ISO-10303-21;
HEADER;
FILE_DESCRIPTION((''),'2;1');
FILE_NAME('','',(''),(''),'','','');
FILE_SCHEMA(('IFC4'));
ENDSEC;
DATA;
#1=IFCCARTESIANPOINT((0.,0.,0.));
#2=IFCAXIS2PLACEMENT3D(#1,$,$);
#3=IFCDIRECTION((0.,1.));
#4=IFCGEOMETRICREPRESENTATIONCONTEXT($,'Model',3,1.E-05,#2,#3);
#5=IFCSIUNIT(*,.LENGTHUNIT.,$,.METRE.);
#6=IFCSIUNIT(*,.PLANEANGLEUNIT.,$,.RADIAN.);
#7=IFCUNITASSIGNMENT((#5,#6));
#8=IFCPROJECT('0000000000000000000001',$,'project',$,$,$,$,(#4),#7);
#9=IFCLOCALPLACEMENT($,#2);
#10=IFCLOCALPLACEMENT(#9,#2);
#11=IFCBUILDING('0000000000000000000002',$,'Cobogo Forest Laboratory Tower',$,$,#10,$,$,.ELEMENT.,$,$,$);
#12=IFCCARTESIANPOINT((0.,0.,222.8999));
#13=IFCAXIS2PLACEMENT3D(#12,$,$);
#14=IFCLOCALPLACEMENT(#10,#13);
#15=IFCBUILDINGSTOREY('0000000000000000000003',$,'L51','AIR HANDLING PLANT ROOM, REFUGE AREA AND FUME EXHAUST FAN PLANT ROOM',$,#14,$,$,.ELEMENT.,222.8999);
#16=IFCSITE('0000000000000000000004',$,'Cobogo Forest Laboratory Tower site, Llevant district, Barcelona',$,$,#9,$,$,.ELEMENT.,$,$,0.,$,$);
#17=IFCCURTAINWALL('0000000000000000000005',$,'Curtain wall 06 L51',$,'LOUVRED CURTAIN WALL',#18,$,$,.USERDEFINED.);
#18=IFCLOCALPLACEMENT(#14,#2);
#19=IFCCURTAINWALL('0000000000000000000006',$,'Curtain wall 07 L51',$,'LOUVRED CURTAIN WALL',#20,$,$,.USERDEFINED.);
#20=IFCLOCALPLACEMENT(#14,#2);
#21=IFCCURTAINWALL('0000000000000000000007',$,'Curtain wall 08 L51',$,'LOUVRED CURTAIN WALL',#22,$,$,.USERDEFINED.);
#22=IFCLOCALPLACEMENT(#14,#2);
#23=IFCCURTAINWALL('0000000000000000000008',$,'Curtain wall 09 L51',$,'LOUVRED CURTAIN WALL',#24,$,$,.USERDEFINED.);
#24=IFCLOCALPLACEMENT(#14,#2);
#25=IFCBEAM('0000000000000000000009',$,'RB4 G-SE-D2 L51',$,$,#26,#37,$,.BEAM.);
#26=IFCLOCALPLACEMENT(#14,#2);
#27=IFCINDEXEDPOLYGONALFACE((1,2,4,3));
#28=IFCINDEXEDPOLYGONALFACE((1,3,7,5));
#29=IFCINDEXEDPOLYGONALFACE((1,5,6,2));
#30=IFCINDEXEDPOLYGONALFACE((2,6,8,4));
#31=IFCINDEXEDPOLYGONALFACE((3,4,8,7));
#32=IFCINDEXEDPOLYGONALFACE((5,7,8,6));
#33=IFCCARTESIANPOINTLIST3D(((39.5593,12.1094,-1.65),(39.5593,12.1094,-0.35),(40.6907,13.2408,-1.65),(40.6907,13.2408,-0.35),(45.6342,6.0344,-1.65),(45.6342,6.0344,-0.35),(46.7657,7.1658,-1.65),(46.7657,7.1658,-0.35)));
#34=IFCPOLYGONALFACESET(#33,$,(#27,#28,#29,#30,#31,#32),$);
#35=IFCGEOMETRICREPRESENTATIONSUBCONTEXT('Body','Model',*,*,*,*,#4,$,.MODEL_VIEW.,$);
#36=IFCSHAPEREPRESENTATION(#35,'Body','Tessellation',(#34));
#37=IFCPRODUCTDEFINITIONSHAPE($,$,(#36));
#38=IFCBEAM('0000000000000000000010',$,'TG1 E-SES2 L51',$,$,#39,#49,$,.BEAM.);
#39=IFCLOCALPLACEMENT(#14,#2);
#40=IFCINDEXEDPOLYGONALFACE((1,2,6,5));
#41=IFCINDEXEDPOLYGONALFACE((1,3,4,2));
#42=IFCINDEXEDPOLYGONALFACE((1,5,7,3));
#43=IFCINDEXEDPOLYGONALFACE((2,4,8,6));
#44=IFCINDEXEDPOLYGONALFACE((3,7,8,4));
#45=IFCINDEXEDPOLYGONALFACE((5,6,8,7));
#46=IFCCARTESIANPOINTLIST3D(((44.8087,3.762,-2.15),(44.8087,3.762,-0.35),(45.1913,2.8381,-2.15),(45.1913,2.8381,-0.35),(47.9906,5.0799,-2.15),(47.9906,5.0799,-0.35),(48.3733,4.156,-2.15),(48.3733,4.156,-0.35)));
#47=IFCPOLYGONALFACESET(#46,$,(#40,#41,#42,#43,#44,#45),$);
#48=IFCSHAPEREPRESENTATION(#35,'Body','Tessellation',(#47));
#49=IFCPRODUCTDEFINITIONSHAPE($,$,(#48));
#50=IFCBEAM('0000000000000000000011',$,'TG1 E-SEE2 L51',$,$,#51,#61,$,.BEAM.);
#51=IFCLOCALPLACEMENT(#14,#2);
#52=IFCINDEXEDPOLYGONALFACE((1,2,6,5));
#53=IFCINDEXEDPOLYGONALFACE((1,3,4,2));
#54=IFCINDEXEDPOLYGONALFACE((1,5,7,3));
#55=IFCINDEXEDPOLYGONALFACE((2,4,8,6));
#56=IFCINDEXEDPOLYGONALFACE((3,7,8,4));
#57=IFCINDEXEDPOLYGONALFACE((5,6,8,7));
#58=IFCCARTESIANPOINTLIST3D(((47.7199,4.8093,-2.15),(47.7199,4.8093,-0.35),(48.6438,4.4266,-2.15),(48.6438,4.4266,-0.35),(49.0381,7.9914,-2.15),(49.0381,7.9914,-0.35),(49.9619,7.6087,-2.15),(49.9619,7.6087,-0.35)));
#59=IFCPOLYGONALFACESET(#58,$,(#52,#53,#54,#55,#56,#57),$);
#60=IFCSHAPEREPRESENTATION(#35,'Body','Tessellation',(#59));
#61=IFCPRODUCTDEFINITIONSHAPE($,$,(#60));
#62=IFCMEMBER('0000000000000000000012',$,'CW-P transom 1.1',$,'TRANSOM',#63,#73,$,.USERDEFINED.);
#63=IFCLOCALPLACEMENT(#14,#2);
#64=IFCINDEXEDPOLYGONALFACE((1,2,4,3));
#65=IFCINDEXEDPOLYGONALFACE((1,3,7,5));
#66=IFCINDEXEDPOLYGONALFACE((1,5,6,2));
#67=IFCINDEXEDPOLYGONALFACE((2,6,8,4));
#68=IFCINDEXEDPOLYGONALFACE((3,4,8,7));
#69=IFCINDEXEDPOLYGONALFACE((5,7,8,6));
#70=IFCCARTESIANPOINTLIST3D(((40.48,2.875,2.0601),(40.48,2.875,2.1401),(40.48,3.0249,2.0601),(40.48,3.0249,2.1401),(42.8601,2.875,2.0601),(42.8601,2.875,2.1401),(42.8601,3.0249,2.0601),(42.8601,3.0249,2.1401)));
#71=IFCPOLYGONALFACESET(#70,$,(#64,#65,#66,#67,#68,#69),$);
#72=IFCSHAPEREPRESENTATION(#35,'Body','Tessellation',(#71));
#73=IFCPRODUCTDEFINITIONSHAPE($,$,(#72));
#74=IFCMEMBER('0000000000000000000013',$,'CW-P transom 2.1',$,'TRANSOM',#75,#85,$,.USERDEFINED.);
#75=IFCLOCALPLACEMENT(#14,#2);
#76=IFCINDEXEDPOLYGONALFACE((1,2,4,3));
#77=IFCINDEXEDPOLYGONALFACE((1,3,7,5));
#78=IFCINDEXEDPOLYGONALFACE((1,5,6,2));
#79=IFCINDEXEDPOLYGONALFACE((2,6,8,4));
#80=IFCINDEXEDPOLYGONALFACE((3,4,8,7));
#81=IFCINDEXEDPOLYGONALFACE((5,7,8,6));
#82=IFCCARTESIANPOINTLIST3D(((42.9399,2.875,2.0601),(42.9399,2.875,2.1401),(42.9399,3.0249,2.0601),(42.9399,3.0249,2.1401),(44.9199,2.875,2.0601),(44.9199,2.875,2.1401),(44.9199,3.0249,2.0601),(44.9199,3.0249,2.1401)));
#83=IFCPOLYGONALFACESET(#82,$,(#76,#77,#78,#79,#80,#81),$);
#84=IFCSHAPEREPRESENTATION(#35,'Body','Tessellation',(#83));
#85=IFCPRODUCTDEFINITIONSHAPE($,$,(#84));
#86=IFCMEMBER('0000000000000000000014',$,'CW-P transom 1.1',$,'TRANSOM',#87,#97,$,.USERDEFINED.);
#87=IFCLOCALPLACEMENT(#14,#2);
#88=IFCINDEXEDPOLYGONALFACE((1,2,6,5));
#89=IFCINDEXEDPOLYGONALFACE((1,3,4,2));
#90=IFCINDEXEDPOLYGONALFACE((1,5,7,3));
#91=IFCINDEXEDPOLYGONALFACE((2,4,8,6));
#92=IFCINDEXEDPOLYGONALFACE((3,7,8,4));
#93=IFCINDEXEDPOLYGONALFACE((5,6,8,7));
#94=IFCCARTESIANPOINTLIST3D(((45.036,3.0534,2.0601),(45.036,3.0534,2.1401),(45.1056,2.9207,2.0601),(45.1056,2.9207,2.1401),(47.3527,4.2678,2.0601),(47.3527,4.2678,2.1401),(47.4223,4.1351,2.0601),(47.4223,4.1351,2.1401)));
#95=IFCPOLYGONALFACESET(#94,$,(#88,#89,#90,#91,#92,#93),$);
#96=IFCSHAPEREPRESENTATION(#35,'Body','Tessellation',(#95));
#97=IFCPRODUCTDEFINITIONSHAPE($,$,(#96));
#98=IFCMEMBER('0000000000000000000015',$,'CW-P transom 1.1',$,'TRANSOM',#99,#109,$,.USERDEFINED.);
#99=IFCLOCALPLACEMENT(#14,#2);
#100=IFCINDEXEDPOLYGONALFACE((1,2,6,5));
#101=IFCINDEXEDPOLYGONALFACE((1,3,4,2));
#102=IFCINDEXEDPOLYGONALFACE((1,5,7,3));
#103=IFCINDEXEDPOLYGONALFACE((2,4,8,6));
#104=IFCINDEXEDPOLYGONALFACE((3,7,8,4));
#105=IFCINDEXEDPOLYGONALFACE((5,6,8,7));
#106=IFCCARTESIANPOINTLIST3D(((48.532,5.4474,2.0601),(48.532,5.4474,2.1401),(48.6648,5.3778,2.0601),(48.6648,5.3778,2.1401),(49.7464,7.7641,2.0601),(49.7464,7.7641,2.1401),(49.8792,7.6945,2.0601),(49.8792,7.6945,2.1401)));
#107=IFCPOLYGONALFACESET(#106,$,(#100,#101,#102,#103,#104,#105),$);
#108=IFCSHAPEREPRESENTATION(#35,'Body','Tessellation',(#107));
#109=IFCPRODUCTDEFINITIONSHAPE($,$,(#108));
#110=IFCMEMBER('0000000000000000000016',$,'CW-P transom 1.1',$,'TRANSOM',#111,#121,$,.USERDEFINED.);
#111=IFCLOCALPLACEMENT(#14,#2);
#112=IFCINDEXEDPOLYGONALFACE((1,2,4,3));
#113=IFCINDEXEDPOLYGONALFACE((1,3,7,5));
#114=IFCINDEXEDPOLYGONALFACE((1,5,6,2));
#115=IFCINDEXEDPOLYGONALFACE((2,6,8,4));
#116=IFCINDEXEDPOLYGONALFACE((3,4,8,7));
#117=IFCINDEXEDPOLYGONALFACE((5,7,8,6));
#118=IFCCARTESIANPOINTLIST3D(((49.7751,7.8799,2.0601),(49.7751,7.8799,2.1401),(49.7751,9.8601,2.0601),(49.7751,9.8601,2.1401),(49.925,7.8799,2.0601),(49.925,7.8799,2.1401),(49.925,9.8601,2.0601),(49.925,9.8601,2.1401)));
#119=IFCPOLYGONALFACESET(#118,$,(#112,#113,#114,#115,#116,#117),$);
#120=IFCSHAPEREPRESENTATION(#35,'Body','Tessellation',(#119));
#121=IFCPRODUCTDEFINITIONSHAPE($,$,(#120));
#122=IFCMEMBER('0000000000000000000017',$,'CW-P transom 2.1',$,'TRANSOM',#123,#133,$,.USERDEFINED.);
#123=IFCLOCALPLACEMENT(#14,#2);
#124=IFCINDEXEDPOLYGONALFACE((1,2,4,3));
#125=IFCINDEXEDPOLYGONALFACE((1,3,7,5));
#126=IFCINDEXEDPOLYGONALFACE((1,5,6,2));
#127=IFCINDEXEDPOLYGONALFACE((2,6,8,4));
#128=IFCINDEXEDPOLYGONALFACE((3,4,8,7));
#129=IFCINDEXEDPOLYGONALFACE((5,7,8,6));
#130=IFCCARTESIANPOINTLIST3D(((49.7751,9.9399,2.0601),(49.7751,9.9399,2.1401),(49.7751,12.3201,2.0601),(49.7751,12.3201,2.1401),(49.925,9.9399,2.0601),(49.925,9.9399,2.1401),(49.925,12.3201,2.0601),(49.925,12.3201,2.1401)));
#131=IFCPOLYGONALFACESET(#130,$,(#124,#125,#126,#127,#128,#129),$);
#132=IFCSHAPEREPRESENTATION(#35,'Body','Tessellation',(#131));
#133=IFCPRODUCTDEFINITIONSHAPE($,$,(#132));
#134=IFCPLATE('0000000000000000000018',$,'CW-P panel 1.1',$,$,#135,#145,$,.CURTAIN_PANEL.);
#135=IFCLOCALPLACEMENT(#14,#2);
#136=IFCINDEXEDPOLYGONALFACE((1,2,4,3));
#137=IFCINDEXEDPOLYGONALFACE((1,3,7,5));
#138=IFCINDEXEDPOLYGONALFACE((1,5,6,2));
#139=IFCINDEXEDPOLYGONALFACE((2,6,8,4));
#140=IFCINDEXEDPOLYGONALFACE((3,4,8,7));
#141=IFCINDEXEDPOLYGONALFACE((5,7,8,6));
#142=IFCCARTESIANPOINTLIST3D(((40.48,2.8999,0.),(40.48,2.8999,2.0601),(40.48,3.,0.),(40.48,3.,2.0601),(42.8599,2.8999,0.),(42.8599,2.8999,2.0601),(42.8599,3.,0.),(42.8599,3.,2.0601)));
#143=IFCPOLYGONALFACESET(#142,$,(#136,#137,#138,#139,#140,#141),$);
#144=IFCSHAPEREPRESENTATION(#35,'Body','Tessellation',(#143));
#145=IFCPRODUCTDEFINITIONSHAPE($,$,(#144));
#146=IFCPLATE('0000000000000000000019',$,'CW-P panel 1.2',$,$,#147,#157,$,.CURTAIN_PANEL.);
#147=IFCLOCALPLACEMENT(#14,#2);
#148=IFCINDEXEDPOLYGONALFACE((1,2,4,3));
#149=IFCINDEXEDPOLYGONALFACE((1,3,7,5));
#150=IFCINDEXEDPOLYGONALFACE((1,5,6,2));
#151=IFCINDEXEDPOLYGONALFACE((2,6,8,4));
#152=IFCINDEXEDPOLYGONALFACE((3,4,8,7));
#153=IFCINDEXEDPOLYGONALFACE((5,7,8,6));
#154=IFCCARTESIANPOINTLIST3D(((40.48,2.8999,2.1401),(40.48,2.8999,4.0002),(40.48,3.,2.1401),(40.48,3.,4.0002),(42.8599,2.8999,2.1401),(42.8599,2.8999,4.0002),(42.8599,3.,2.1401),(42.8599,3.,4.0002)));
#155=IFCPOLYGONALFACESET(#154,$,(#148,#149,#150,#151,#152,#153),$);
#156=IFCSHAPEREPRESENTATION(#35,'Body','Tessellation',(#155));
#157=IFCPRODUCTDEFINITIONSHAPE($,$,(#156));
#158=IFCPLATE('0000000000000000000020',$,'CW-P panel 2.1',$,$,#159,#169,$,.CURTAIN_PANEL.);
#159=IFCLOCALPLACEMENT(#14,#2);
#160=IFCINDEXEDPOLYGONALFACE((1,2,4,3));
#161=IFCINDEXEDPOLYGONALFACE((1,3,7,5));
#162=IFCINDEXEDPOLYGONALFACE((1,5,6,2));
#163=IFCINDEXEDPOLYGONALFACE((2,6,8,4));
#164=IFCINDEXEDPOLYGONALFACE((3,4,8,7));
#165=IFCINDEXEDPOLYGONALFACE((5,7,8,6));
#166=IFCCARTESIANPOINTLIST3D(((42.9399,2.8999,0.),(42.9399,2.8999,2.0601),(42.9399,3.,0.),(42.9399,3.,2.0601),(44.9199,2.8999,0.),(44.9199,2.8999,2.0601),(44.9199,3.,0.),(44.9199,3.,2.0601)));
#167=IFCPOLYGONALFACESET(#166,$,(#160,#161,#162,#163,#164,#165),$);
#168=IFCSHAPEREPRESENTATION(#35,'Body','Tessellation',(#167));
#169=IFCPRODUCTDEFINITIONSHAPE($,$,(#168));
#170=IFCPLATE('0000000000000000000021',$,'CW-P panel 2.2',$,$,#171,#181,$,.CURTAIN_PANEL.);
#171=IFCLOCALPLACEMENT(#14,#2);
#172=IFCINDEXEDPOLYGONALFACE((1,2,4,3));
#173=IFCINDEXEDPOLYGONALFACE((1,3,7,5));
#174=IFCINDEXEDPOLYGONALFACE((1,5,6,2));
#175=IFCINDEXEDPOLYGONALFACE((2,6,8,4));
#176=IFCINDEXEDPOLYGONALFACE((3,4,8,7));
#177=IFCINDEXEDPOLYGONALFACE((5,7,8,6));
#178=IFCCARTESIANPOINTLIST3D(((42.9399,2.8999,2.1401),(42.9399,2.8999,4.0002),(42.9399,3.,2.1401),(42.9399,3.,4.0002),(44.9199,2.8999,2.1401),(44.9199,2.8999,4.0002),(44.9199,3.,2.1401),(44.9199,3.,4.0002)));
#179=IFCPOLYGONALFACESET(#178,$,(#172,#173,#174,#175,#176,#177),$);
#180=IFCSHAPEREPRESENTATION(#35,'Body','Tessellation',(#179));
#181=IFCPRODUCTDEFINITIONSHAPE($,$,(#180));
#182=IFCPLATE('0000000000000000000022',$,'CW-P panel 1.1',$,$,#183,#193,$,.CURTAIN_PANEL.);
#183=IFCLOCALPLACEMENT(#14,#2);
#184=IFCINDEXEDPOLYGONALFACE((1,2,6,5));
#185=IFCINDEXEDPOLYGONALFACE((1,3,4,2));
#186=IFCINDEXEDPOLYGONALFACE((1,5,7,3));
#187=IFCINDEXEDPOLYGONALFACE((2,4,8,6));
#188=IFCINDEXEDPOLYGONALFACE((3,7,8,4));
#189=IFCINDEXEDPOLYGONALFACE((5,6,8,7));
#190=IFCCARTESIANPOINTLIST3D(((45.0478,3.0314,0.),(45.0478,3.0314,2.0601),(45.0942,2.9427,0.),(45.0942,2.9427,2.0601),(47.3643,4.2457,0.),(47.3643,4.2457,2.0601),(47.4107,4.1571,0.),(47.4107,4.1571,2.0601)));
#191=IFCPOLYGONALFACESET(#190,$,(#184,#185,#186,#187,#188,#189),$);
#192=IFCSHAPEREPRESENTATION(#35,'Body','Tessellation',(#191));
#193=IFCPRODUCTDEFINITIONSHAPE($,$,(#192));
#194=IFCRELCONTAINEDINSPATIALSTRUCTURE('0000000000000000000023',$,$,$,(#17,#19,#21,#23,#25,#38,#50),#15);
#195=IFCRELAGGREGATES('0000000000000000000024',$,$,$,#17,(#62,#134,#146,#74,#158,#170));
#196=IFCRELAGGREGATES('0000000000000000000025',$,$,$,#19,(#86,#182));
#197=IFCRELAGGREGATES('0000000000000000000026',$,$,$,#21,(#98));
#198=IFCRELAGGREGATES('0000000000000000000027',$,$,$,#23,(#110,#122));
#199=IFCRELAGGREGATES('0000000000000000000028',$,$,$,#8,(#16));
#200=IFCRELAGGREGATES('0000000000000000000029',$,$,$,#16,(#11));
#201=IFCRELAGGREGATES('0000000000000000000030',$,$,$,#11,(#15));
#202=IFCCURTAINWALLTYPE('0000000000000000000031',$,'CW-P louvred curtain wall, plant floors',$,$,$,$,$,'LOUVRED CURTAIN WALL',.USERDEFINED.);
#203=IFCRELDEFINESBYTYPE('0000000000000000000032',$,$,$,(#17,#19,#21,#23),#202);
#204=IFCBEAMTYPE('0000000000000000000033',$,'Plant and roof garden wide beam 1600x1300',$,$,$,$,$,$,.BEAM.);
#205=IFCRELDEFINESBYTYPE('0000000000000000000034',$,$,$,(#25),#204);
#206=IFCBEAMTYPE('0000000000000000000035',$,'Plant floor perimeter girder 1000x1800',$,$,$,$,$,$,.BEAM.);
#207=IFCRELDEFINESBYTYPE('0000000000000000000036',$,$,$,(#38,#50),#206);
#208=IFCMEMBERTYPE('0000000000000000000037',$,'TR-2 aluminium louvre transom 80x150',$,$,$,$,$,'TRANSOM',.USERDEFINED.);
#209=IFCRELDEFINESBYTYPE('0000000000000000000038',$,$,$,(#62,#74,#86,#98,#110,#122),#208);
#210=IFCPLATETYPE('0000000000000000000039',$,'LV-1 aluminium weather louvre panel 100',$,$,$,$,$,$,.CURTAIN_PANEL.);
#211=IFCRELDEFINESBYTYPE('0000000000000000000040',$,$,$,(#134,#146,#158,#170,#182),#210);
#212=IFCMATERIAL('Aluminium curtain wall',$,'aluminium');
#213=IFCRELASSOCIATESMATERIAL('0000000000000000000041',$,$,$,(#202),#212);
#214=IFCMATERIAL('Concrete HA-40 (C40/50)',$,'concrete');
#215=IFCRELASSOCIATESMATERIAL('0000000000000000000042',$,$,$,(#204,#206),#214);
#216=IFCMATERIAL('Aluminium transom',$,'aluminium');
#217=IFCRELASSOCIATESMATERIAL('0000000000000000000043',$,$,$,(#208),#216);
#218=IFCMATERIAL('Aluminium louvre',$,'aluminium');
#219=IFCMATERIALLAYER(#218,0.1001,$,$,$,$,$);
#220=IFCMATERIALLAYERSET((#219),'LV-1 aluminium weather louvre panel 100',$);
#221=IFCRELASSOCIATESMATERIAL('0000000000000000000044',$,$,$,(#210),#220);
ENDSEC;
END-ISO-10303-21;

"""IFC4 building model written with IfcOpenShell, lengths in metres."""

from ifc_helpers import new_model, si_unit, direction, frame, origin, origin_2d, place, context, subcontext, project, spatial, rectangle, extrude, material, layer, layer_set, material_profile, profile_set, type_object, element, aggregate, save


model = new_model("IFC4")

# Units and contexts
model_context = context("Model", 3, precision=1e-05, world=origin(), true_north=direction((0.0, 1.0)))
body_context = subcontext(model_context, "Body", "Model", "MODEL_VIEW")
ifc_project = project(units=[si_unit("LENGTHUNIT", "METRE"), si_unit("PLANEANGLEUNIT", "RADIAN")], contexts=[model_context])

# Site, building, storey
site_placement = place(None, origin())
site = spatial("IfcSite", under=ifc_project, at=site_placement, Name="Cobogo Forest Laboratory Tower site, Llevant district, Barcelona", CompositionType="ELEMENT", RefElevation=0.0)
building_placement = place(site_placement, origin())
building = spatial("IfcBuilding", under=site, at=building_placement, Name="Cobogo Forest Laboratory Tower", CompositionType="ELEMENT")
storey_placement = place(building_placement, frame((0.0, 0.0, 222.8999)))
storey = spatial("IfcBuildingStorey", under=building, at=storey_placement, Name="L51", Description="AIR HANDLING PLANT ROOM, REFUGE AREA AND FUME EXHAUST FAN PLANT ROOM", CompositionType="ELEMENT", Elevation=222.8999)

# Curtain walls
ifc_material_1 = material(Name="Aluminium curtain wall", Category="aluminium")
curtain_wall_type = type_object("IfcCurtainWallType", Name="CW-P louvred curtain wall, plant floors", ElementType="LOUVRED CURTAIN WALL", PredefinedType="USERDEFINED", material=ifc_material_1)
curtain_wall_1_placement = place(storey_placement, origin())
curtain_wall_1 = element("IfcCurtainWall", 1, at=curtain_wall_1_placement, inside=storey, type_object=curtain_wall_type, Name="Curtain wall 06 L51", ObjectType="LOUVRED CURTAIN WALL", PredefinedType="USERDEFINED")
curtain_wall_2_placement = place(storey_placement, origin())
curtain_wall_2 = element("IfcCurtainWall", 2, at=curtain_wall_2_placement, inside=storey, type_object=curtain_wall_type, Name="Curtain wall 07 L51", ObjectType="LOUVRED CURTAIN WALL", PredefinedType="USERDEFINED")
curtain_wall_3_placement = place(storey_placement, origin())
curtain_wall_3 = element("IfcCurtainWall", 3, at=curtain_wall_3_placement, inside=storey, type_object=curtain_wall_type, Name="Curtain wall 08 L51", ObjectType="LOUVRED CURTAIN WALL", PredefinedType="USERDEFINED")
curtain_wall_4_placement = place(storey_placement, origin())
curtain_wall_4 = element("IfcCurtainWall", 4, at=curtain_wall_4_placement, inside=storey, type_object=curtain_wall_type, Name="Curtain wall 09 L51", ObjectType="LOUVRED CURTAIN WALL", PredefinedType="USERDEFINED")

# Beams
ifc_material_2 = material(Name="Concrete HA-40 (C40/50)", Category="concrete")
ifc_material_profile_1 = material_profile(ifc_material_2, rectangle(XDim=1.6001, YDim=1.3, at=origin_2d()), Name="RC 1600x1300")
ifc_profile_set_1 = profile_set([ifc_material_profile_1], Name="Concrete HA-40 (C40/50)")
beam_type_1 = type_object("IfcBeamType", Name="Plant and roof garden wide beam 1600x1300", PredefinedType="BEAM", material=ifc_profile_set_1)
beam_1_placement = place(storey_placement, frame((46.2, 6.6001, -1.0), z_axis=(-0.707107, 0.707107, 0.0), x_axis=(-0.707107, -0.707107, 0.0)))
element("IfcBeam", 5, at=beam_1_placement, inside=storey, type_object=beam_type_1, Name="RB4 G-SE-D2 L51", PredefinedType="BEAM", context=body_context, shape_type="SweptSolid", body=[
    extrude(rectangle(XDim=1.6001, YDim=1.3, at=origin_2d()), origin(), (0.0, 0.0, 1.0), 8.5913),
])
ifc_material_profile_2 = material_profile(ifc_material_2, rectangle(XDim=1.0, YDim=1.8, at=origin_2d()), Name="RC 1000x1800")
ifc_profile_set_2 = profile_set([ifc_material_profile_2], Name="Concrete HA-40 (C40/50)")
beam_type_2 = type_object("IfcBeamType", Name="Plant floor perimeter girder 1000x1800", PredefinedType="BEAM", material=ifc_profile_set_2)
beam_2_placement = place(storey_placement, frame((45.0, 3.3, -1.25), z_axis=(0.923891, 0.382656, 0.0), x_axis=(-0.382656, 0.923891, 0.0)))
element("IfcBeam", 6, at=beam_2_placement, inside=storey, type_object=beam_type_2, Name="TG1 E-SES2 L51", PredefinedType="BEAM", context=body_context, shape_type="SweptSolid", body=[
    extrude(rectangle(XDim=1.0, YDim=1.8, at=origin_2d()), origin(), (0.0, 0.0, 1.0), 3.4441),
])
beam_3_placement = place(storey_placement, frame((49.5, 7.8, -1.25), z_axis=(-0.382692, -0.923876, 0.0), x_axis=(0.923876, -0.382692, 0.0)))
element("IfcBeam", 7, at=beam_3_placement, inside=storey, type_object=beam_type_2, Name="TG1 E-SEE2 L51", PredefinedType="BEAM", context=body_context, shape_type="SweptSolid", body=[
    extrude(rectangle(XDim=1.0, YDim=1.8, at=origin_2d()), origin(), (0.0, 0.0, 1.0), 3.4443),
])

# Members
ifc_material_3 = material(Name="Aluminium transom", Category="aluminium")
ifc_material_profile_3 = material_profile(ifc_material_3, rectangle(XDim=0.1499, YDim=0.0801, at=origin_2d()), Name="AL 80x150")
ifc_profile_set_3 = profile_set([ifc_material_profile_3], Name="Aluminium transom")
member_type_1 = type_object("IfcMemberType", Name="TR-2 aluminium louvre transom 80x150", ElementType="TRANSOM", PredefinedType="USERDEFINED", material=ifc_profile_set_3)
member_1_placement = place(storey_placement, frame((40.48, 2.95, 2.1001), z_axis=(1.0, 0.0, 0.0), x_axis=(0.0, 1.0, 0.0)))
member_1 = element("IfcMember", 8, at=member_1_placement, type_object=member_type_1, Name="CW-P transom 1.1", ObjectType="TRANSOM", PredefinedType="USERDEFINED", context=body_context, shape_type="SweptSolid", body=[
    extrude(rectangle(XDim=0.1499, YDim=0.0801, at=origin_2d()), origin(), (0.0, 0.0, 1.0), 2.3801),
])
member_2_placement = place(storey_placement, frame((42.9399, 2.95, 2.1001), z_axis=(1.0, 0.0, 0.0), x_axis=(0.0, 1.0, 0.0)))
member_2 = element("IfcMember", 9, at=member_2_placement, type_object=member_type_1, Name="CW-P transom 2.1", ObjectType="TRANSOM", PredefinedType="USERDEFINED", context=body_context, shape_type="SweptSolid", body=[
    extrude(rectangle(XDim=0.1499, YDim=0.0801, at=origin_2d()), origin(), (0.0, 0.0, 1.0), 1.98),
])
member_3_placement = place(storey_placement, frame((45.0708, 2.9871, 2.1001), z_axis=(0.885694, 0.464269, 0.0), x_axis=(-0.464269, 0.885694, 0.0)))
member_3 = element("IfcMember", 10, at=member_3_placement, type_object=member_type_1, Name="CW-P transom 1.1", ObjectType="TRANSOM", PredefinedType="USERDEFINED", context=body_context, shape_type="SweptSolid", body=[
    extrude(rectangle(XDim=0.1499, YDim=0.0801, at=origin_2d()), origin(), (0.0, 0.0, 1.0), 2.6157),
])
member_4_placement = place(storey_placement, frame((48.5984, 5.4126, 2.1001), z_axis=(0.464269, 0.885694, 0.0), x_axis=(-0.885694, 0.464269, 0.0)))
member_4 = element("IfcMember", 11, at=member_4_placement, type_object=member_type_1, Name="CW-P transom 1.1", ObjectType="TRANSOM", PredefinedType="USERDEFINED", context=body_context, shape_type="SweptSolid", body=[
    extrude(rectangle(XDim=0.1499, YDim=0.0801, at=origin_2d()), origin(), (0.0, 0.0, 1.0), 2.6157),
])
member_5_placement = place(storey_placement, frame((49.8501, 7.8799, 2.1001), z_axis=(0.0, 1.0, 0.0), x_axis=(-1.0, 0.0, 0.0)))
member_5 = element("IfcMember", 12, at=member_5_placement, type_object=member_type_1, Name="CW-P transom 1.1", ObjectType="TRANSOM", PredefinedType="USERDEFINED", context=body_context, shape_type="SweptSolid", body=[
    extrude(rectangle(XDim=0.1499, YDim=0.0801, at=origin_2d()), origin(), (0.0, 0.0, 1.0), 1.9802),
])
member_6_placement = place(storey_placement, frame((49.8501, 9.9399, 2.1001), z_axis=(0.0, 1.0, 0.0), x_axis=(-1.0, 0.0, 0.0)))
member_6 = element("IfcMember", 13, at=member_6_placement, type_object=member_type_1, Name="CW-P transom 2.1", ObjectType="TRANSOM", PredefinedType="USERDEFINED", context=body_context, shape_type="SweptSolid", body=[
    extrude(rectangle(XDim=0.1499, YDim=0.0801, at=origin_2d()), origin(), (0.0, 0.0, 1.0), 2.3801),
])

# Plates
ifc_material_4 = material(Name="Aluminium louvre", Category="aluminium")
ifc_layer = layer(ifc_material_4, 0.1001)
ifc_layer_set = layer_set([ifc_layer], Name="LV-1 aluminium weather louvre panel 100")
plate_type = type_object("IfcPlateType", Name="LV-1 aluminium weather louvre panel 100", PredefinedType="CURTAIN_PANEL", material=ifc_layer_set)
plate_1_placement = place(storey_placement, frame((41.6699, 2.95, 0.0), z_axis=(0.0, 0.0, 1.0), x_axis=(1.0, 0.0, 0.0)))
plate_1 = element("IfcPlate", 14, at=plate_1_placement, type_object=plate_type, Name="CW-P panel 1.1", PredefinedType="CURTAIN_PANEL", context=body_context, shape_type="SweptSolid", body=[
    extrude(rectangle(XDim=2.3799, YDim=0.1001, at=origin_2d()), origin(), (0.0, 0.0, 1.0), 2.0601),
])
plate_2_placement = place(storey_placement, frame((41.6699, 2.95, 2.1401), z_axis=(0.0, 0.0, 1.0), x_axis=(1.0, 0.0, 0.0)))
plate_2 = element("IfcPlate", 15, at=plate_2_placement, type_object=plate_type, Name="CW-P panel 1.2", PredefinedType="CURTAIN_PANEL", context=body_context, shape_type="SweptSolid", body=[
    extrude(rectangle(XDim=2.3799, YDim=0.1001, at=origin_2d()), origin(), (0.0, 0.0, 1.0), 1.8601),
])
plate_3_placement = place(storey_placement, frame((43.9299, 2.95, 0.0), z_axis=(0.0, 0.0, 1.0), x_axis=(1.0, 0.0, 0.0)))
plate_3 = element("IfcPlate", 16, at=plate_3_placement, type_object=plate_type, Name="CW-P panel 2.1", PredefinedType="CURTAIN_PANEL", context=body_context, shape_type="SweptSolid", body=[
    extrude(rectangle(XDim=1.98, YDim=0.1001, at=origin_2d()), origin(), (0.0, 0.0, 1.0), 2.0601),
])
plate_4_placement = place(storey_placement, frame((43.9299, 2.95, 2.1401), z_axis=(0.0, 0.0, 1.0), x_axis=(1.0, 0.0, 0.0)))
plate_4 = element("IfcPlate", 17, at=plate_4_placement, type_object=plate_type, Name="CW-P panel 2.2", PredefinedType="CURTAIN_PANEL", context=body_context, shape_type="SweptSolid", body=[
    extrude(rectangle(XDim=1.98, YDim=0.1001, at=origin_2d()), origin(), (0.0, 0.0, 1.0), 1.8601),
])
aggregate(curtain_wall_1, [member_1, plate_1, plate_2, member_2, plate_3, plate_4])
plate_5_placement = place(storey_placement, frame((46.2292, 3.5942, 0.0), z_axis=(0.0, 0.0, 1.0), x_axis=(0.885687, 0.464284, 0.0)))
plate_5 = element("IfcPlate", 18, at=plate_5_placement, type_object=plate_type, Name="CW-P panel 1.1", PredefinedType="CURTAIN_PANEL", context=body_context, shape_type="SweptSolid", body=[
    extrude(rectangle(XDim=2.6155, YDim=0.1001, at=origin_2d()), origin(), (0.0, 0.0, 1.0), 2.0601),
])
aggregate(curtain_wall_2, [member_3, plate_5])
aggregate(curtain_wall_3, [member_4])
aggregate(curtain_wall_4, [member_5, member_6])

save(model, "model.ifc")
